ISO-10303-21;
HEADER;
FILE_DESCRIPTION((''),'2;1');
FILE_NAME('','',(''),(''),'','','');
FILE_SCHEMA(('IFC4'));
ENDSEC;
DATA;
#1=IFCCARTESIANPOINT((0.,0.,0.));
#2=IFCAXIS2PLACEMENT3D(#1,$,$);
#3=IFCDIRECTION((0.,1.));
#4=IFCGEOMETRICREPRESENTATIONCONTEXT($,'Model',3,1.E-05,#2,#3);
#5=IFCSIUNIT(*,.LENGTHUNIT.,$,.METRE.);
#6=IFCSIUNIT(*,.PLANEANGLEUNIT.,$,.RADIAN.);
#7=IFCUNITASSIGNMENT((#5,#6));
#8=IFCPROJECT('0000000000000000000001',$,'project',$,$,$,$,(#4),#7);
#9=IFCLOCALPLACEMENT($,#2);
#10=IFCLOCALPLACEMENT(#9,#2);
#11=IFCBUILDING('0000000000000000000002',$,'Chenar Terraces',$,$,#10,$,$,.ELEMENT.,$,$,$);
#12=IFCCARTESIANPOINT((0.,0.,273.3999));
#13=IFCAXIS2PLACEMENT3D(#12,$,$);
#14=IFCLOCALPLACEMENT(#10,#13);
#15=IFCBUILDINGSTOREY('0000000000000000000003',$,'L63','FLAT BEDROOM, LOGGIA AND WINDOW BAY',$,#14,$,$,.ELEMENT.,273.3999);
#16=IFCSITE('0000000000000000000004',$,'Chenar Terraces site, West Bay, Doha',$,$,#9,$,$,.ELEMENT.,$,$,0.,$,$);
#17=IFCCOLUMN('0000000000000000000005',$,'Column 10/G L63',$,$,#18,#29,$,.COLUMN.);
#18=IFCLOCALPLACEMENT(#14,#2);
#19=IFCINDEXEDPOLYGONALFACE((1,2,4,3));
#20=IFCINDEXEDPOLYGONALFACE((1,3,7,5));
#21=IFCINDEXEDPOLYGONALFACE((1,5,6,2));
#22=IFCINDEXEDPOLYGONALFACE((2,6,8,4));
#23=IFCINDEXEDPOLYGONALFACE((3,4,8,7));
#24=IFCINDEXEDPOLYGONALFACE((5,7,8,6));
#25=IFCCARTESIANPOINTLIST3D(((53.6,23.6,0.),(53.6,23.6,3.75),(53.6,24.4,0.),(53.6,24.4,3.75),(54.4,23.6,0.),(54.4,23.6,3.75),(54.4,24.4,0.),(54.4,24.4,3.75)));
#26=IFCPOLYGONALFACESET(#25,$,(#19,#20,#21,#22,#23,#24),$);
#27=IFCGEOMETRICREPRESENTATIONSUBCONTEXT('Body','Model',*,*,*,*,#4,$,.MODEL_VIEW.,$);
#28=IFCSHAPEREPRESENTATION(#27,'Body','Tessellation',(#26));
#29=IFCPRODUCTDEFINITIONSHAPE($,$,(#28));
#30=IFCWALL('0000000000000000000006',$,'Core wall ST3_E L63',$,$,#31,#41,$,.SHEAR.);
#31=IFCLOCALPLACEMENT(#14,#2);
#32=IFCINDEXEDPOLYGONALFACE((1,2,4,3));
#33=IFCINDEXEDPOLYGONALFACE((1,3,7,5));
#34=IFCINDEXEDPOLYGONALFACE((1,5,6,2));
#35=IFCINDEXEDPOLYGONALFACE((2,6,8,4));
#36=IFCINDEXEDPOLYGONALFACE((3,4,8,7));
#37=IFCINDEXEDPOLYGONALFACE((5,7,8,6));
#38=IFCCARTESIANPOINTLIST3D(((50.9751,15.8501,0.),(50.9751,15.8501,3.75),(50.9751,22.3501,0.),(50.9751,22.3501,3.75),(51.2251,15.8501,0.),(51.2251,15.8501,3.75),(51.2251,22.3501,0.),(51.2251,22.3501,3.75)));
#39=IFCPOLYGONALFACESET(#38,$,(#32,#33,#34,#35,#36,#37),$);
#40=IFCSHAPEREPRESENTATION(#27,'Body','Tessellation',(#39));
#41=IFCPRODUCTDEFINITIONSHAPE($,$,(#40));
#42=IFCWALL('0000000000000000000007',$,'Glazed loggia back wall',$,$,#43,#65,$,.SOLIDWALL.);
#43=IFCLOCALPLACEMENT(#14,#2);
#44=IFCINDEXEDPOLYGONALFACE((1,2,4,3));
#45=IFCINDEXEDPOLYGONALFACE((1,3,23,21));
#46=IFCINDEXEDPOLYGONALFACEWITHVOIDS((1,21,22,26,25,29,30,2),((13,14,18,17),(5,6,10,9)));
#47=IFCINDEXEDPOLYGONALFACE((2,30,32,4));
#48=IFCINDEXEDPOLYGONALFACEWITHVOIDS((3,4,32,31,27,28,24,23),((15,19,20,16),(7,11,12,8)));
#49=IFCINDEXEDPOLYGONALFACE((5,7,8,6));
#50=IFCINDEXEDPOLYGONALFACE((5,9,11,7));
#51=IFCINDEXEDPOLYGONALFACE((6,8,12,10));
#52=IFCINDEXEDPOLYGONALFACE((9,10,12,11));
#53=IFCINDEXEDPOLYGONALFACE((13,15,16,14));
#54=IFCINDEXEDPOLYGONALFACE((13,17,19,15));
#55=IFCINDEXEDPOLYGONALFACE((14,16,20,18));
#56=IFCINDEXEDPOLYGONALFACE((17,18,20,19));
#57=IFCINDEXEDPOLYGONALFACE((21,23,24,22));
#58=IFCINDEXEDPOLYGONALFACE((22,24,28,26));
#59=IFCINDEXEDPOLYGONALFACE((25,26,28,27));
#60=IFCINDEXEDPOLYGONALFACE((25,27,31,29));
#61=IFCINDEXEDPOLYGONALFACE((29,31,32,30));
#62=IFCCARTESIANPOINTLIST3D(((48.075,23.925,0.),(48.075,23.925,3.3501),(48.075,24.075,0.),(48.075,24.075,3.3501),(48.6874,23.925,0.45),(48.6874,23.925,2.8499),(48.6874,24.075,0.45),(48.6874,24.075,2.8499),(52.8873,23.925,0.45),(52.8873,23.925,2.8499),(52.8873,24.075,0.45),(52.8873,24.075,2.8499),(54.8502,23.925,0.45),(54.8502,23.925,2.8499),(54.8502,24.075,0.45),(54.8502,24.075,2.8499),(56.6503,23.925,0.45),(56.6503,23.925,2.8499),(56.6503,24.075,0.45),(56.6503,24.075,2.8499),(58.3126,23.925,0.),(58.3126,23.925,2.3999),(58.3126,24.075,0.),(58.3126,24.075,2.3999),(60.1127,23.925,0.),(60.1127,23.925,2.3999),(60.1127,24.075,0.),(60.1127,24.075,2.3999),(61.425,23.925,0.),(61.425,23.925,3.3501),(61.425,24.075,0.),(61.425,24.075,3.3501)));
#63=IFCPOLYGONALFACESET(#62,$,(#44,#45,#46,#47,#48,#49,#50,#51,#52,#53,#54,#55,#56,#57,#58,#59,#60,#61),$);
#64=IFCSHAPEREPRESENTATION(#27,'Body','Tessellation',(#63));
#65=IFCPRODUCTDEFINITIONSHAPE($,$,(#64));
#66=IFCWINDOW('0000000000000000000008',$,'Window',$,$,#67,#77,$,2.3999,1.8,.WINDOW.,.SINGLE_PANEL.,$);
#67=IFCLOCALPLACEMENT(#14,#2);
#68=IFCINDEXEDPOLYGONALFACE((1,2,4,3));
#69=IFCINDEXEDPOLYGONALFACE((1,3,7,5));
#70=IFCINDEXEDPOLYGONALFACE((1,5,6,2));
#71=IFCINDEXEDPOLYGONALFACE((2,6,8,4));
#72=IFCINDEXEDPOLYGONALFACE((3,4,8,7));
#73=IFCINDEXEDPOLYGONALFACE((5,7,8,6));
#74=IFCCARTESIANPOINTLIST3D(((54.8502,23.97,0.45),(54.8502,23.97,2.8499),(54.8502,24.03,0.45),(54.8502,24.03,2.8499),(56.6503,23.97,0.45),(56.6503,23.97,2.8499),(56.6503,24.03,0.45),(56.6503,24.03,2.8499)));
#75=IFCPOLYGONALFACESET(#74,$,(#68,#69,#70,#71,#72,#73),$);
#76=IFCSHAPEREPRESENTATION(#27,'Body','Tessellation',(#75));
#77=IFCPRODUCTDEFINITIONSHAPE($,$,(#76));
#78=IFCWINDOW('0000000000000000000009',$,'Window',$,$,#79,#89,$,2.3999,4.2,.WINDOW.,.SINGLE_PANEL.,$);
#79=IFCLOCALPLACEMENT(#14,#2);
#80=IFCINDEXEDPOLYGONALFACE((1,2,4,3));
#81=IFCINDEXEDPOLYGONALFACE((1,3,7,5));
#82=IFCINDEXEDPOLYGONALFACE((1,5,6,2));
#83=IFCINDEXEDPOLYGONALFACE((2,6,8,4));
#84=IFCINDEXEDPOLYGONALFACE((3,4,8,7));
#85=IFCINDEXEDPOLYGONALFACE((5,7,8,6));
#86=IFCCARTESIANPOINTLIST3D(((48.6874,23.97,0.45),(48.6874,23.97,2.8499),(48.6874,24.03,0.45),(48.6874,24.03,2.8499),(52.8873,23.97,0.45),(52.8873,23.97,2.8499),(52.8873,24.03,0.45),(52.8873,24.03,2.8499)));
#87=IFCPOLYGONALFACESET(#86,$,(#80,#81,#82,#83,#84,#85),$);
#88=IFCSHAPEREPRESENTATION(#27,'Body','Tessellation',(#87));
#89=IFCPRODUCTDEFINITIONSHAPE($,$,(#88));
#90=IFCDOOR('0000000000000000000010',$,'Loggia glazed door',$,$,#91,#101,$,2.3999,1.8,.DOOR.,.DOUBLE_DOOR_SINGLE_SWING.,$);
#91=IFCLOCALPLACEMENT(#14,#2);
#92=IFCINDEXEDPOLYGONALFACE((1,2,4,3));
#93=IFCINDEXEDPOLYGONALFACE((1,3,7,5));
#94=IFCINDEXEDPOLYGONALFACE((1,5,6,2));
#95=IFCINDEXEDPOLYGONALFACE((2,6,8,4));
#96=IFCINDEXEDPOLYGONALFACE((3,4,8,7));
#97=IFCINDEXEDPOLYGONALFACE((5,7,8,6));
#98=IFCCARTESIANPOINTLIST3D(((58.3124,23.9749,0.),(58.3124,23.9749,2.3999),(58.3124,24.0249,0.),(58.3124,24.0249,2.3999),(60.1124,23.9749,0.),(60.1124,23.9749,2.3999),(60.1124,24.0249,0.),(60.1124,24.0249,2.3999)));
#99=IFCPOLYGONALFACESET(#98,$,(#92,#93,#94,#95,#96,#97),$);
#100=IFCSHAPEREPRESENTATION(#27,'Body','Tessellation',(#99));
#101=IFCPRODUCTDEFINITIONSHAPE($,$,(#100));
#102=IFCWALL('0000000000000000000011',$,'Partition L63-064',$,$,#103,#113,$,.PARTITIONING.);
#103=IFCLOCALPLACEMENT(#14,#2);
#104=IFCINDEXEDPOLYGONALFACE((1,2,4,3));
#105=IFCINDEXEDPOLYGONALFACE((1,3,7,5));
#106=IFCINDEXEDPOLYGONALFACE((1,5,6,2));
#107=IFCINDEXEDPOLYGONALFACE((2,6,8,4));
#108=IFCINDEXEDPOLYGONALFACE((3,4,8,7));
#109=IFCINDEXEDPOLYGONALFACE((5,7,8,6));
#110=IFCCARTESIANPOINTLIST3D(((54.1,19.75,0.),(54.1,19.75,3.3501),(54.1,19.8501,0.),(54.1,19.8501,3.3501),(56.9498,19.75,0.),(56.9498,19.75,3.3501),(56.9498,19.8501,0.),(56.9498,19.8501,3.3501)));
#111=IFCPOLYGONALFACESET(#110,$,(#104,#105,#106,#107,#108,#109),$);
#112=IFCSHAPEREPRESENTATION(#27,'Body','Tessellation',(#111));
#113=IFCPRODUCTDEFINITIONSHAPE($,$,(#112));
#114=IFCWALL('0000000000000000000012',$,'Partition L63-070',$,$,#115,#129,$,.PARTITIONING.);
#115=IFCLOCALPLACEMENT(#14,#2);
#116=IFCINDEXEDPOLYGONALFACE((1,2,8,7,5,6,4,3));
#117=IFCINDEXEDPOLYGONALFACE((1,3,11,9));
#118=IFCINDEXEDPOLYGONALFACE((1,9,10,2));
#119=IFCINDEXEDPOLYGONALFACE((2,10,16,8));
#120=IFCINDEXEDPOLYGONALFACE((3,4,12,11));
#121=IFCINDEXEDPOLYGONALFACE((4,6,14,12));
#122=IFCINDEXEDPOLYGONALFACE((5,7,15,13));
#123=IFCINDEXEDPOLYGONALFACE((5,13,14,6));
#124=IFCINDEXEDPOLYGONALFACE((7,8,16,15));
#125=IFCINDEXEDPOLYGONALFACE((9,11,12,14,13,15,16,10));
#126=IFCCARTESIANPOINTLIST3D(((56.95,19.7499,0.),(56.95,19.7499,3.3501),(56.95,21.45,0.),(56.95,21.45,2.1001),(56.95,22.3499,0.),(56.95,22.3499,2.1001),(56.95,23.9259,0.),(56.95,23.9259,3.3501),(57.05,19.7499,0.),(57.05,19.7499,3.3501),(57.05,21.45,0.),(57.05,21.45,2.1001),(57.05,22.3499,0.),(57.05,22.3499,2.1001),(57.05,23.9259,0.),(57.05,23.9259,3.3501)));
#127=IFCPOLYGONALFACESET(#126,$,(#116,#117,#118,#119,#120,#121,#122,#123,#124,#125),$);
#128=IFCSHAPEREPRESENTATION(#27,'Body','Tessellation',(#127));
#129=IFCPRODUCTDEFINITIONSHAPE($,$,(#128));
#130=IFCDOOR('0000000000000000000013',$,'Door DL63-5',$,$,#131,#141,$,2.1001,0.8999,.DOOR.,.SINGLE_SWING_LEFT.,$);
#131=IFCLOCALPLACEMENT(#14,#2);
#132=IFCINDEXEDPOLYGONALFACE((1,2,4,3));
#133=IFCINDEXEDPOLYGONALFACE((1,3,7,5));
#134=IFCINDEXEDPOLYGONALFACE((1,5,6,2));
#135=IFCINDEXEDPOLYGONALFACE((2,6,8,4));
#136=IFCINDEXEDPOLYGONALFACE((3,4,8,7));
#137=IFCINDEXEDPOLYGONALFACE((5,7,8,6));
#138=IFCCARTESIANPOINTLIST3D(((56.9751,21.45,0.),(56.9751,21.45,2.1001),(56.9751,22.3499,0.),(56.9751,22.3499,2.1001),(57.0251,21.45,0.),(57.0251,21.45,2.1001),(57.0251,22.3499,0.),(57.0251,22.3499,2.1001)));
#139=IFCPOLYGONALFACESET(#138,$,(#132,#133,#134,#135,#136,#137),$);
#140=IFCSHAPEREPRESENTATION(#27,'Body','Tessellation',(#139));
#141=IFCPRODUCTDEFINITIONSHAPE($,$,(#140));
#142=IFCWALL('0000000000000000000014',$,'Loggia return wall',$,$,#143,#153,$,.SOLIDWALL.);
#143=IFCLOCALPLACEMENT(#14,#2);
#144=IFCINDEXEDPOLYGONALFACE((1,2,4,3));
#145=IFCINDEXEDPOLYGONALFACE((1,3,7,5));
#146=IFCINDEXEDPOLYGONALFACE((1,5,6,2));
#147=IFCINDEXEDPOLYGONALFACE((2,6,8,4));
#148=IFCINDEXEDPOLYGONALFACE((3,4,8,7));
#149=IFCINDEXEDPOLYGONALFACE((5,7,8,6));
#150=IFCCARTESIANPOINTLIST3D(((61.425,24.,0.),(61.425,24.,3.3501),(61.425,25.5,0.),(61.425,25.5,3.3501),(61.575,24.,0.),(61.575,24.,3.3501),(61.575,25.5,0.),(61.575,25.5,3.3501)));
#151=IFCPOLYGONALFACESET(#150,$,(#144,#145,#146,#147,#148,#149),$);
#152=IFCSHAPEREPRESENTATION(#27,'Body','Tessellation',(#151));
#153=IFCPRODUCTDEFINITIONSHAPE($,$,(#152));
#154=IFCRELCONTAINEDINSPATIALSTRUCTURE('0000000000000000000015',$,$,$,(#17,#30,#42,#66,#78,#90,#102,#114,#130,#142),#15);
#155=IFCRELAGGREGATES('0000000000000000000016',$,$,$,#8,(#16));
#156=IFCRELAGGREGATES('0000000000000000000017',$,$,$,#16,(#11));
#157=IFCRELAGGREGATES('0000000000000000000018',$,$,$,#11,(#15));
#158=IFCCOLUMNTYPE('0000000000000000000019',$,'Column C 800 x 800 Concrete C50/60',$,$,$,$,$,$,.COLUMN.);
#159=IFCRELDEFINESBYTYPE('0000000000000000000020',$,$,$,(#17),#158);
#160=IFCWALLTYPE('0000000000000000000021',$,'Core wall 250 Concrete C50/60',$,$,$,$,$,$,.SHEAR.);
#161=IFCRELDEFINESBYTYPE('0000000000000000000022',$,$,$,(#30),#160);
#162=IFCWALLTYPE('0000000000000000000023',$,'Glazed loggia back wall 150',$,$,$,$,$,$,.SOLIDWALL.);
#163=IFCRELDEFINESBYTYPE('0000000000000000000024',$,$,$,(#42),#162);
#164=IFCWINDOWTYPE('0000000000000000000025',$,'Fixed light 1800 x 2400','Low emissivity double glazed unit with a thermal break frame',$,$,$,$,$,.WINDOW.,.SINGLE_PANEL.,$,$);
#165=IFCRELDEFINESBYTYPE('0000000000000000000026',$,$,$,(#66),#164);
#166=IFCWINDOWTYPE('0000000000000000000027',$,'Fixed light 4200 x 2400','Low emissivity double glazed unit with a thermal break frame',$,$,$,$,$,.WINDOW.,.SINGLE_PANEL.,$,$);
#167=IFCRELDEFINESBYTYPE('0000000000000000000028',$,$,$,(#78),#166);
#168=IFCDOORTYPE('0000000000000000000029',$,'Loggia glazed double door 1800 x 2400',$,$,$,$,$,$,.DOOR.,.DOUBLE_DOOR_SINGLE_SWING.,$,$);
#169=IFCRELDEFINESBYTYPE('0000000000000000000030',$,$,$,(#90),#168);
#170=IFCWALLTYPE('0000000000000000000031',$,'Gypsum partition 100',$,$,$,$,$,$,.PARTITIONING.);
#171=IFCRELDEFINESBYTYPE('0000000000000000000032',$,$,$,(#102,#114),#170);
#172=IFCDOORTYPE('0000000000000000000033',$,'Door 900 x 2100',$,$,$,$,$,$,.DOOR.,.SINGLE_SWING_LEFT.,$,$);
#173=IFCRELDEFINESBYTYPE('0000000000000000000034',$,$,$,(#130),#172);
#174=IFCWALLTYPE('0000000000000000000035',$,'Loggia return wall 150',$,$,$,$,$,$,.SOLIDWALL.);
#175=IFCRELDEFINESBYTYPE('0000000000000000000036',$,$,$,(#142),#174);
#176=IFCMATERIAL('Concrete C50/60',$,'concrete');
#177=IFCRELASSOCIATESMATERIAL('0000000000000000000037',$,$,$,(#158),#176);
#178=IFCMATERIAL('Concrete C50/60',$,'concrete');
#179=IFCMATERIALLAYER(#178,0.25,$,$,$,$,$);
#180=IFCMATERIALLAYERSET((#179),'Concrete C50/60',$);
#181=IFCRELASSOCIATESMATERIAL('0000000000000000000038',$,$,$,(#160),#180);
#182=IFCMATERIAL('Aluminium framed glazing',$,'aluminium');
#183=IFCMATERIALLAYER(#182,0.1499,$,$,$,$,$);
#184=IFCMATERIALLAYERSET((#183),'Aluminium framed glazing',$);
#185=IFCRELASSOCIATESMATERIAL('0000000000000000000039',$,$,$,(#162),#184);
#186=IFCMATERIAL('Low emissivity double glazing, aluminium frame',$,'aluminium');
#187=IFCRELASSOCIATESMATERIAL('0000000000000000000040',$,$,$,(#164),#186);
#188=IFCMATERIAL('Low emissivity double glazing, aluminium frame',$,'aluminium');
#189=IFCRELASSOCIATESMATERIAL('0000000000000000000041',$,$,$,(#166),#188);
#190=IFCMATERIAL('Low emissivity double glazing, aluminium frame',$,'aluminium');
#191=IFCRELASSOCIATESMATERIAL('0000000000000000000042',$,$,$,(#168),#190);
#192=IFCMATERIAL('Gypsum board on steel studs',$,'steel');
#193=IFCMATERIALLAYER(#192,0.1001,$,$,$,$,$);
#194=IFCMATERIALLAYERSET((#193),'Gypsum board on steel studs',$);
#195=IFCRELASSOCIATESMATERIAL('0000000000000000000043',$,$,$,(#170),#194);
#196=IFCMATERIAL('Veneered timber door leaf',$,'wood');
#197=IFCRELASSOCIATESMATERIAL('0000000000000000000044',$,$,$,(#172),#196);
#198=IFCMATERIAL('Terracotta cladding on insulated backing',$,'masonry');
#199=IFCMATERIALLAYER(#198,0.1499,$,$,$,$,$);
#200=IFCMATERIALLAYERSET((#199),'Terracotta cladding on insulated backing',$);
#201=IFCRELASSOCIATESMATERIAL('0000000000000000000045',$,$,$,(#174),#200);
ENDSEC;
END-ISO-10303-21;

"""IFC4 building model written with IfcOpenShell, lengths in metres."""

from ifc_helpers import new_model, si_unit, direction, frame, frame_2d, origin, origin_2d, place, context, subcontext, project, spatial, rectangle, extrude, material, layer, layer_set, material_profile, profile_set, type_object, element, fill, save


model = new_model("IFC4")

# Units and contexts
model_context = context("Model", 3, precision=1e-05, world=origin(), true_north=direction((0.0, 1.0)))
body_context = subcontext(model_context, "Body", "Model", "MODEL_VIEW")
ifc_project = project(units=[si_unit("LENGTHUNIT", "METRE"), si_unit("PLANEANGLEUNIT", "RADIAN")], contexts=[model_context])

# Site, building, storey
site_placement = place(None, origin())
site = spatial("IfcSite", under=ifc_project, at=site_placement, Name="Chenar Terraces site, West Bay, Doha", CompositionType="ELEMENT", RefElevation=0.0)
building_placement = place(site_placement, origin())
building = spatial("IfcBuilding", under=site, at=building_placement, Name="Chenar Terraces", CompositionType="ELEMENT")
storey_placement = place(building_placement, frame((0.0, 0.0, 273.3999)))
storey = spatial("IfcBuildingStorey", under=building, at=storey_placement, Name="L63", Description="FLAT BEDROOM, LOGGIA AND WINDOW BAY", CompositionType="ELEMENT", Elevation=273.3999)

# Column
ifc_material_1 = material(Name="Concrete C50/60", Category="concrete")
ifc_material_profile_1 = material_profile(ifc_material_1, rectangle(XDim=0.8, YDim=0.8, at=origin_2d()), Name="C 800 x 800")
ifc_profile_set_1 = profile_set([ifc_material_profile_1], Name="Concrete C50/60")
column_type = type_object("IfcColumnType", Name="Column C 800 x 800 Concrete C50/60", PredefinedType="COLUMN", material=ifc_profile_set_1)
column_placement = place(storey_placement, frame((54.0, 24.0, 0.0), z_axis=(0.0, 0.0, 1.0), x_axis=(1.0, 0.0, 0.0)))
element("IfcColumn", 1, at=column_placement, inside=storey, type_object=column_type, Name="Column 10/G L63", PredefinedType="COLUMN", context=body_context, shape_type="SweptSolid", body=[
    extrude(rectangle(XDim=0.8, YDim=0.8, at=origin_2d()), origin(), (0.0, 0.0, 1.0), 3.75),
])

# Wall
ifc_material_2 = material(Name="Concrete C50/60", Category="concrete")
ifc_layer_1 = layer(ifc_material_2, 0.25)
ifc_layer_set_1 = layer_set([ifc_layer_1], Name="Concrete C50/60")
wall_type_1 = type_object("IfcWallType", Name="Core wall 250 Concrete C50/60", PredefinedType="SHEAR", material=ifc_layer_set_1)
wall_1_placement = place(storey_placement, frame((51.1001, 15.8501, 0.0), z_axis=(0.0, 0.0, 1.0), x_axis=(0.0, 1.0, 0.0)))
element("IfcWall", 2, at=wall_1_placement, inside=storey, type_object=wall_type_1, Name="Core wall ST3_E L63", PredefinedType="SHEAR", context=body_context, shape_type="SweptSolid", body=[
    extrude(rectangle(XDim=6.5, YDim=0.25, at=frame_2d((3.25, 0.0))), origin(), (0.0, 0.0, 1.0), 3.75),
])

# Wall, openings, windows, door
ifc_material_3 = material(Name="Aluminium framed glazing", Category="aluminium")
ifc_layer_2 = layer(ifc_material_3, 0.1499)
ifc_layer_set_2 = layer_set([ifc_layer_2], Name="Aluminium framed glazing")
wall_type_2 = type_object("IfcWallType", Name="Glazed loggia back wall 150", PredefinedType="SOLIDWALL", material=ifc_layer_set_2)
wall_2_placement = place(storey_placement, frame((61.425, 24.0, 0.0), z_axis=(0.0, 0.0, 1.0), x_axis=(-1.0, 0.0, 0.0)))
wall_2 = element("IfcWall", 3, at=wall_2_placement, inside=storey, type_object=wall_type_2, Name="Glazed loggia back wall", PredefinedType="SOLIDWALL", context=body_context, shape_type="SweptSolid", body=[
    extrude(rectangle(XDim=13.3501, YDim=0.1499, at=frame_2d((6.675, 0.0))), origin(), (0.0, 0.0, 1.0), 3.3501),
])
opening_1_placement = place(wall_2_placement, frame((1.3125, 0.0, 0.0)))
opening_1 = element("IfcOpeningElement", 4, at=opening_1_placement, cuts=wall_2, PredefinedType="OPENING", context=body_context, shape_type="SweptSolid", body=[
    extrude(rectangle(XDim=1.8, YDim=2.3999, at=frame_2d((0.8999, 1.2))), frame((0.0, 0.085, 0.0), z_axis=(0.0, -1.0, 0.0), x_axis=(1.0, 0.0, 0.0)), (0.0, 0.0, 1.0), 0.1699),
])
opening_2_placement = place(wall_2_placement, frame((4.7749, 0.0, 0.45)))
opening_2 = element("IfcOpeningElement", 5, at=opening_2_placement, cuts=wall_2, PredefinedType="OPENING", context=body_context, shape_type="SweptSolid", body=[
    extrude(rectangle(XDim=1.8, YDim=2.3999, at=frame_2d((0.8999, 1.2))), frame((0.0, 0.085, 0.0), z_axis=(0.0, -1.0, 0.0), x_axis=(1.0, 0.0, 0.0)), (0.0, 0.0, 1.0), 0.1699),
])
opening_3_placement = place(wall_2_placement, frame((8.5376, 0.0, 0.45)))
opening_3 = element("IfcOpeningElement", 6, at=opening_3_placement, cuts=wall_2, PredefinedType="OPENING", context=body_context, shape_type="SweptSolid", body=[
    extrude(rectangle(XDim=4.2, YDim=2.3999, at=frame_2d((2.1001, 1.2))), frame((0.0, 0.085, 0.0), z_axis=(0.0, -1.0, 0.0), x_axis=(1.0, 0.0, 0.0)), (0.0, 0.0, 1.0), 0.1699),
])
ifc_material_4 = material(Name="Low emissivity double glazing, aluminium frame", Category="aluminium")
window_type_1 = type_object("IfcWindowType", Name="Fixed light 1800 x 2400", Description="Low emissivity double glazed unit with a thermal break frame", PartitioningType="SINGLE_PANEL", PredefinedType="WINDOW", material=ifc_material_4)
window_1_placement = place(opening_2_placement, origin())
window_1 = element("IfcWindow", 7, at=window_1_placement, inside=storey, type_object=window_type_1, Name="Window", OverallHeight=2.3999, OverallWidth=1.8, PartitioningType="SINGLE_PANEL", PredefinedType="WINDOW", context=body_context, shape_type="SweptSolid", body=[
    extrude(rectangle(XDim=1.8, YDim=2.3999, at=frame_2d((0.8999, 1.2))), frame((0.0, 0.03, 0.0), z_axis=(0.0, -1.0, 0.0), x_axis=(1.0, 0.0, 0.0)), (0.0, 0.0, 1.0), 0.0601),
])
fill(opening_2, window_1)
ifc_material_5 = material(Name="Low emissivity double glazing, aluminium frame", Category="aluminium")
window_type_2 = type_object("IfcWindowType", Name="Fixed light 4200 x 2400", Description="Low emissivity double glazed unit with a thermal break frame", PartitioningType="SINGLE_PANEL", PredefinedType="WINDOW", material=ifc_material_5)
window_2_placement = place(opening_3_placement, origin())
window_2 = element("IfcWindow", 8, at=window_2_placement, inside=storey, type_object=window_type_2, Name="Window", OverallHeight=2.3999, OverallWidth=4.2, PartitioningType="SINGLE_PANEL", PredefinedType="WINDOW", context=body_context, shape_type="SweptSolid", body=[
    extrude(rectangle(XDim=4.2, YDim=2.3999, at=frame_2d((2.1001, 1.2))), frame((0.0, 0.03, 0.0), z_axis=(0.0, -1.0, 0.0), x_axis=(1.0, 0.0, 0.0)), (0.0, 0.0, 1.0), 0.0601),
])
fill(opening_3, window_2)
ifc_material_6 = material(Name="Low emissivity double glazing, aluminium frame", Category="aluminium")
door_type_1 = type_object("IfcDoorType", Name="Loggia glazed double door 1800 x 2400", OperationType="DOUBLE_DOOR_SINGLE_SWING", PredefinedType="DOOR", material=ifc_material_6)
door_1_placement = place(opening_1_placement, frame((1.8, 0.0, 0.0), z_axis=(0.0, 0.0, 1.0), x_axis=(-1.0, 0.0, 0.0)))
door_1 = element("IfcDoor", 9, at=door_1_placement, inside=storey, type_object=door_type_1, Name="Loggia glazed door", OperationType="DOUBLE_DOOR_SINGLE_SWING", OverallHeight=2.3999, OverallWidth=1.8, PredefinedType="DOOR", context=body_context, shape_type="SweptSolid", body=[
    extrude(rectangle(XDim=1.8, YDim=2.3999, at=frame_2d((0.8999, 1.2))), frame((0.0, 0.0249, 0.0), z_axis=(0.0, -1.0, 0.0), x_axis=(1.0, 0.0, 0.0)), (0.0, 0.0, 1.0), 0.05),
])
fill(opening_1, door_1)

# Wall
ifc_material_7 = material(Name="Gypsum board on steel studs", Category="steel")
ifc_layer_3 = layer(ifc_material_7, 0.1001)
ifc_layer_set_3 = layer_set([ifc_layer_3], Name="Gypsum board on steel studs")
wall_type_3 = type_object("IfcWallType", Name="Gypsum partition 100", PredefinedType="PARTITIONING", material=ifc_layer_set_3)
wall_3_placement = place(storey_placement, frame((54.1001, 19.8, 0.0), z_axis=(0.0, 0.0, 1.0), x_axis=(1.0, 0.0, 0.0)))
element("IfcWall", 10, at=wall_3_placement, inside=storey, type_object=wall_type_3, Name="Partition L63-064", PredefinedType="PARTITIONING", context=body_context, shape_type="SweptSolid", body=[
    extrude(rectangle(XDim=2.8499, YDim=0.1001, at=frame_2d((1.4248, 0.0))), origin(), (0.0, 0.0, 1.0), 3.3501),
])

# Wall, opening, door
wall_4_placement = place(storey_placement, frame((57.0, 19.75, 0.0), z_axis=(0.0, 0.0, 1.0), x_axis=(0.0, 1.0, 0.0)))
wall_4 = element("IfcWall", 11, at=wall_4_placement, inside=storey, type_object=wall_type_3, Name="Partition L63-070", PredefinedType="PARTITIONING", context=body_context, shape_type="SweptSolid", body=[
    extrude(rectangle(XDim=4.176, YDim=0.1001, at=frame_2d((2.0879, 0.0))), origin(), (0.0, 0.0, 1.0), 3.3501),
])
opening_4_placement = place(wall_4_placement, frame((1.7, 0.0, 0.0)))
opening_4 = element("IfcOpeningElement", 12, at=opening_4_placement, cuts=wall_4, PredefinedType="OPENING", context=body_context, shape_type="SweptSolid", body=[
    extrude(rectangle(XDim=0.8999, YDim=2.1001, at=frame_2d((0.45, 1.05))), frame((0.0, 0.0601, 0.0), z_axis=(0.0, -1.0, 0.0), x_axis=(1.0, 0.0, 0.0)), (0.0, 0.0, 1.0), 0.1201),
])
ifc_material_8 = material(Name="Veneered timber door leaf", Category="wood")
door_type_2 = type_object("IfcDoorType", Name="Door 900 x 2100", OperationType="SINGLE_SWING_LEFT", PredefinedType="DOOR", material=ifc_material_8)
door_2_placement = place(opening_4_placement, origin())
door_2 = element("IfcDoor", 13, at=door_2_placement, inside=storey, type_object=door_type_2, Name="Door DL63-5", OperationType="SINGLE_SWING_LEFT", OverallHeight=2.1001, OverallWidth=0.8999, PredefinedType="DOOR", context=body_context, shape_type="SweptSolid", body=[
    extrude(rectangle(XDim=0.8999, YDim=2.1001, at=frame_2d((0.45, 1.05))), frame((0.0, 0.0249, 0.0), z_axis=(0.0, -1.0, 0.0), x_axis=(1.0, 0.0, 0.0)), (0.0, 0.0, 1.0), 0.05),
])
fill(opening_4, door_2)

# Wall
ifc_material_9 = material(Name="Terracotta cladding on insulated backing", Category="masonry")
ifc_layer_4 = layer(ifc_material_9, 0.1499)
ifc_layer_set_4 = layer_set([ifc_layer_4], Name="Terracotta cladding on insulated backing")
wall_type_4 = type_object("IfcWallType", Name="Loggia return wall 150", PredefinedType="SOLIDWALL", material=ifc_layer_set_4)
wall_5_placement = place(storey_placement, frame((61.5, 25.5, 0.0), z_axis=(0.0, 0.0, 1.0), x_axis=(0.0, -1.0, 0.0)))
element("IfcWall", 14, at=wall_5_placement, inside=storey, type_object=wall_type_4, Name="Loggia return wall", PredefinedType="SOLIDWALL", context=body_context, shape_type="SweptSolid", body=[
    extrude(rectangle(XDim=1.5, YDim=0.1499, at=frame_2d((0.75, 0.0))), origin(), (0.0, 0.0, 1.0), 3.3501),
])

save(model, "model.ifc")
